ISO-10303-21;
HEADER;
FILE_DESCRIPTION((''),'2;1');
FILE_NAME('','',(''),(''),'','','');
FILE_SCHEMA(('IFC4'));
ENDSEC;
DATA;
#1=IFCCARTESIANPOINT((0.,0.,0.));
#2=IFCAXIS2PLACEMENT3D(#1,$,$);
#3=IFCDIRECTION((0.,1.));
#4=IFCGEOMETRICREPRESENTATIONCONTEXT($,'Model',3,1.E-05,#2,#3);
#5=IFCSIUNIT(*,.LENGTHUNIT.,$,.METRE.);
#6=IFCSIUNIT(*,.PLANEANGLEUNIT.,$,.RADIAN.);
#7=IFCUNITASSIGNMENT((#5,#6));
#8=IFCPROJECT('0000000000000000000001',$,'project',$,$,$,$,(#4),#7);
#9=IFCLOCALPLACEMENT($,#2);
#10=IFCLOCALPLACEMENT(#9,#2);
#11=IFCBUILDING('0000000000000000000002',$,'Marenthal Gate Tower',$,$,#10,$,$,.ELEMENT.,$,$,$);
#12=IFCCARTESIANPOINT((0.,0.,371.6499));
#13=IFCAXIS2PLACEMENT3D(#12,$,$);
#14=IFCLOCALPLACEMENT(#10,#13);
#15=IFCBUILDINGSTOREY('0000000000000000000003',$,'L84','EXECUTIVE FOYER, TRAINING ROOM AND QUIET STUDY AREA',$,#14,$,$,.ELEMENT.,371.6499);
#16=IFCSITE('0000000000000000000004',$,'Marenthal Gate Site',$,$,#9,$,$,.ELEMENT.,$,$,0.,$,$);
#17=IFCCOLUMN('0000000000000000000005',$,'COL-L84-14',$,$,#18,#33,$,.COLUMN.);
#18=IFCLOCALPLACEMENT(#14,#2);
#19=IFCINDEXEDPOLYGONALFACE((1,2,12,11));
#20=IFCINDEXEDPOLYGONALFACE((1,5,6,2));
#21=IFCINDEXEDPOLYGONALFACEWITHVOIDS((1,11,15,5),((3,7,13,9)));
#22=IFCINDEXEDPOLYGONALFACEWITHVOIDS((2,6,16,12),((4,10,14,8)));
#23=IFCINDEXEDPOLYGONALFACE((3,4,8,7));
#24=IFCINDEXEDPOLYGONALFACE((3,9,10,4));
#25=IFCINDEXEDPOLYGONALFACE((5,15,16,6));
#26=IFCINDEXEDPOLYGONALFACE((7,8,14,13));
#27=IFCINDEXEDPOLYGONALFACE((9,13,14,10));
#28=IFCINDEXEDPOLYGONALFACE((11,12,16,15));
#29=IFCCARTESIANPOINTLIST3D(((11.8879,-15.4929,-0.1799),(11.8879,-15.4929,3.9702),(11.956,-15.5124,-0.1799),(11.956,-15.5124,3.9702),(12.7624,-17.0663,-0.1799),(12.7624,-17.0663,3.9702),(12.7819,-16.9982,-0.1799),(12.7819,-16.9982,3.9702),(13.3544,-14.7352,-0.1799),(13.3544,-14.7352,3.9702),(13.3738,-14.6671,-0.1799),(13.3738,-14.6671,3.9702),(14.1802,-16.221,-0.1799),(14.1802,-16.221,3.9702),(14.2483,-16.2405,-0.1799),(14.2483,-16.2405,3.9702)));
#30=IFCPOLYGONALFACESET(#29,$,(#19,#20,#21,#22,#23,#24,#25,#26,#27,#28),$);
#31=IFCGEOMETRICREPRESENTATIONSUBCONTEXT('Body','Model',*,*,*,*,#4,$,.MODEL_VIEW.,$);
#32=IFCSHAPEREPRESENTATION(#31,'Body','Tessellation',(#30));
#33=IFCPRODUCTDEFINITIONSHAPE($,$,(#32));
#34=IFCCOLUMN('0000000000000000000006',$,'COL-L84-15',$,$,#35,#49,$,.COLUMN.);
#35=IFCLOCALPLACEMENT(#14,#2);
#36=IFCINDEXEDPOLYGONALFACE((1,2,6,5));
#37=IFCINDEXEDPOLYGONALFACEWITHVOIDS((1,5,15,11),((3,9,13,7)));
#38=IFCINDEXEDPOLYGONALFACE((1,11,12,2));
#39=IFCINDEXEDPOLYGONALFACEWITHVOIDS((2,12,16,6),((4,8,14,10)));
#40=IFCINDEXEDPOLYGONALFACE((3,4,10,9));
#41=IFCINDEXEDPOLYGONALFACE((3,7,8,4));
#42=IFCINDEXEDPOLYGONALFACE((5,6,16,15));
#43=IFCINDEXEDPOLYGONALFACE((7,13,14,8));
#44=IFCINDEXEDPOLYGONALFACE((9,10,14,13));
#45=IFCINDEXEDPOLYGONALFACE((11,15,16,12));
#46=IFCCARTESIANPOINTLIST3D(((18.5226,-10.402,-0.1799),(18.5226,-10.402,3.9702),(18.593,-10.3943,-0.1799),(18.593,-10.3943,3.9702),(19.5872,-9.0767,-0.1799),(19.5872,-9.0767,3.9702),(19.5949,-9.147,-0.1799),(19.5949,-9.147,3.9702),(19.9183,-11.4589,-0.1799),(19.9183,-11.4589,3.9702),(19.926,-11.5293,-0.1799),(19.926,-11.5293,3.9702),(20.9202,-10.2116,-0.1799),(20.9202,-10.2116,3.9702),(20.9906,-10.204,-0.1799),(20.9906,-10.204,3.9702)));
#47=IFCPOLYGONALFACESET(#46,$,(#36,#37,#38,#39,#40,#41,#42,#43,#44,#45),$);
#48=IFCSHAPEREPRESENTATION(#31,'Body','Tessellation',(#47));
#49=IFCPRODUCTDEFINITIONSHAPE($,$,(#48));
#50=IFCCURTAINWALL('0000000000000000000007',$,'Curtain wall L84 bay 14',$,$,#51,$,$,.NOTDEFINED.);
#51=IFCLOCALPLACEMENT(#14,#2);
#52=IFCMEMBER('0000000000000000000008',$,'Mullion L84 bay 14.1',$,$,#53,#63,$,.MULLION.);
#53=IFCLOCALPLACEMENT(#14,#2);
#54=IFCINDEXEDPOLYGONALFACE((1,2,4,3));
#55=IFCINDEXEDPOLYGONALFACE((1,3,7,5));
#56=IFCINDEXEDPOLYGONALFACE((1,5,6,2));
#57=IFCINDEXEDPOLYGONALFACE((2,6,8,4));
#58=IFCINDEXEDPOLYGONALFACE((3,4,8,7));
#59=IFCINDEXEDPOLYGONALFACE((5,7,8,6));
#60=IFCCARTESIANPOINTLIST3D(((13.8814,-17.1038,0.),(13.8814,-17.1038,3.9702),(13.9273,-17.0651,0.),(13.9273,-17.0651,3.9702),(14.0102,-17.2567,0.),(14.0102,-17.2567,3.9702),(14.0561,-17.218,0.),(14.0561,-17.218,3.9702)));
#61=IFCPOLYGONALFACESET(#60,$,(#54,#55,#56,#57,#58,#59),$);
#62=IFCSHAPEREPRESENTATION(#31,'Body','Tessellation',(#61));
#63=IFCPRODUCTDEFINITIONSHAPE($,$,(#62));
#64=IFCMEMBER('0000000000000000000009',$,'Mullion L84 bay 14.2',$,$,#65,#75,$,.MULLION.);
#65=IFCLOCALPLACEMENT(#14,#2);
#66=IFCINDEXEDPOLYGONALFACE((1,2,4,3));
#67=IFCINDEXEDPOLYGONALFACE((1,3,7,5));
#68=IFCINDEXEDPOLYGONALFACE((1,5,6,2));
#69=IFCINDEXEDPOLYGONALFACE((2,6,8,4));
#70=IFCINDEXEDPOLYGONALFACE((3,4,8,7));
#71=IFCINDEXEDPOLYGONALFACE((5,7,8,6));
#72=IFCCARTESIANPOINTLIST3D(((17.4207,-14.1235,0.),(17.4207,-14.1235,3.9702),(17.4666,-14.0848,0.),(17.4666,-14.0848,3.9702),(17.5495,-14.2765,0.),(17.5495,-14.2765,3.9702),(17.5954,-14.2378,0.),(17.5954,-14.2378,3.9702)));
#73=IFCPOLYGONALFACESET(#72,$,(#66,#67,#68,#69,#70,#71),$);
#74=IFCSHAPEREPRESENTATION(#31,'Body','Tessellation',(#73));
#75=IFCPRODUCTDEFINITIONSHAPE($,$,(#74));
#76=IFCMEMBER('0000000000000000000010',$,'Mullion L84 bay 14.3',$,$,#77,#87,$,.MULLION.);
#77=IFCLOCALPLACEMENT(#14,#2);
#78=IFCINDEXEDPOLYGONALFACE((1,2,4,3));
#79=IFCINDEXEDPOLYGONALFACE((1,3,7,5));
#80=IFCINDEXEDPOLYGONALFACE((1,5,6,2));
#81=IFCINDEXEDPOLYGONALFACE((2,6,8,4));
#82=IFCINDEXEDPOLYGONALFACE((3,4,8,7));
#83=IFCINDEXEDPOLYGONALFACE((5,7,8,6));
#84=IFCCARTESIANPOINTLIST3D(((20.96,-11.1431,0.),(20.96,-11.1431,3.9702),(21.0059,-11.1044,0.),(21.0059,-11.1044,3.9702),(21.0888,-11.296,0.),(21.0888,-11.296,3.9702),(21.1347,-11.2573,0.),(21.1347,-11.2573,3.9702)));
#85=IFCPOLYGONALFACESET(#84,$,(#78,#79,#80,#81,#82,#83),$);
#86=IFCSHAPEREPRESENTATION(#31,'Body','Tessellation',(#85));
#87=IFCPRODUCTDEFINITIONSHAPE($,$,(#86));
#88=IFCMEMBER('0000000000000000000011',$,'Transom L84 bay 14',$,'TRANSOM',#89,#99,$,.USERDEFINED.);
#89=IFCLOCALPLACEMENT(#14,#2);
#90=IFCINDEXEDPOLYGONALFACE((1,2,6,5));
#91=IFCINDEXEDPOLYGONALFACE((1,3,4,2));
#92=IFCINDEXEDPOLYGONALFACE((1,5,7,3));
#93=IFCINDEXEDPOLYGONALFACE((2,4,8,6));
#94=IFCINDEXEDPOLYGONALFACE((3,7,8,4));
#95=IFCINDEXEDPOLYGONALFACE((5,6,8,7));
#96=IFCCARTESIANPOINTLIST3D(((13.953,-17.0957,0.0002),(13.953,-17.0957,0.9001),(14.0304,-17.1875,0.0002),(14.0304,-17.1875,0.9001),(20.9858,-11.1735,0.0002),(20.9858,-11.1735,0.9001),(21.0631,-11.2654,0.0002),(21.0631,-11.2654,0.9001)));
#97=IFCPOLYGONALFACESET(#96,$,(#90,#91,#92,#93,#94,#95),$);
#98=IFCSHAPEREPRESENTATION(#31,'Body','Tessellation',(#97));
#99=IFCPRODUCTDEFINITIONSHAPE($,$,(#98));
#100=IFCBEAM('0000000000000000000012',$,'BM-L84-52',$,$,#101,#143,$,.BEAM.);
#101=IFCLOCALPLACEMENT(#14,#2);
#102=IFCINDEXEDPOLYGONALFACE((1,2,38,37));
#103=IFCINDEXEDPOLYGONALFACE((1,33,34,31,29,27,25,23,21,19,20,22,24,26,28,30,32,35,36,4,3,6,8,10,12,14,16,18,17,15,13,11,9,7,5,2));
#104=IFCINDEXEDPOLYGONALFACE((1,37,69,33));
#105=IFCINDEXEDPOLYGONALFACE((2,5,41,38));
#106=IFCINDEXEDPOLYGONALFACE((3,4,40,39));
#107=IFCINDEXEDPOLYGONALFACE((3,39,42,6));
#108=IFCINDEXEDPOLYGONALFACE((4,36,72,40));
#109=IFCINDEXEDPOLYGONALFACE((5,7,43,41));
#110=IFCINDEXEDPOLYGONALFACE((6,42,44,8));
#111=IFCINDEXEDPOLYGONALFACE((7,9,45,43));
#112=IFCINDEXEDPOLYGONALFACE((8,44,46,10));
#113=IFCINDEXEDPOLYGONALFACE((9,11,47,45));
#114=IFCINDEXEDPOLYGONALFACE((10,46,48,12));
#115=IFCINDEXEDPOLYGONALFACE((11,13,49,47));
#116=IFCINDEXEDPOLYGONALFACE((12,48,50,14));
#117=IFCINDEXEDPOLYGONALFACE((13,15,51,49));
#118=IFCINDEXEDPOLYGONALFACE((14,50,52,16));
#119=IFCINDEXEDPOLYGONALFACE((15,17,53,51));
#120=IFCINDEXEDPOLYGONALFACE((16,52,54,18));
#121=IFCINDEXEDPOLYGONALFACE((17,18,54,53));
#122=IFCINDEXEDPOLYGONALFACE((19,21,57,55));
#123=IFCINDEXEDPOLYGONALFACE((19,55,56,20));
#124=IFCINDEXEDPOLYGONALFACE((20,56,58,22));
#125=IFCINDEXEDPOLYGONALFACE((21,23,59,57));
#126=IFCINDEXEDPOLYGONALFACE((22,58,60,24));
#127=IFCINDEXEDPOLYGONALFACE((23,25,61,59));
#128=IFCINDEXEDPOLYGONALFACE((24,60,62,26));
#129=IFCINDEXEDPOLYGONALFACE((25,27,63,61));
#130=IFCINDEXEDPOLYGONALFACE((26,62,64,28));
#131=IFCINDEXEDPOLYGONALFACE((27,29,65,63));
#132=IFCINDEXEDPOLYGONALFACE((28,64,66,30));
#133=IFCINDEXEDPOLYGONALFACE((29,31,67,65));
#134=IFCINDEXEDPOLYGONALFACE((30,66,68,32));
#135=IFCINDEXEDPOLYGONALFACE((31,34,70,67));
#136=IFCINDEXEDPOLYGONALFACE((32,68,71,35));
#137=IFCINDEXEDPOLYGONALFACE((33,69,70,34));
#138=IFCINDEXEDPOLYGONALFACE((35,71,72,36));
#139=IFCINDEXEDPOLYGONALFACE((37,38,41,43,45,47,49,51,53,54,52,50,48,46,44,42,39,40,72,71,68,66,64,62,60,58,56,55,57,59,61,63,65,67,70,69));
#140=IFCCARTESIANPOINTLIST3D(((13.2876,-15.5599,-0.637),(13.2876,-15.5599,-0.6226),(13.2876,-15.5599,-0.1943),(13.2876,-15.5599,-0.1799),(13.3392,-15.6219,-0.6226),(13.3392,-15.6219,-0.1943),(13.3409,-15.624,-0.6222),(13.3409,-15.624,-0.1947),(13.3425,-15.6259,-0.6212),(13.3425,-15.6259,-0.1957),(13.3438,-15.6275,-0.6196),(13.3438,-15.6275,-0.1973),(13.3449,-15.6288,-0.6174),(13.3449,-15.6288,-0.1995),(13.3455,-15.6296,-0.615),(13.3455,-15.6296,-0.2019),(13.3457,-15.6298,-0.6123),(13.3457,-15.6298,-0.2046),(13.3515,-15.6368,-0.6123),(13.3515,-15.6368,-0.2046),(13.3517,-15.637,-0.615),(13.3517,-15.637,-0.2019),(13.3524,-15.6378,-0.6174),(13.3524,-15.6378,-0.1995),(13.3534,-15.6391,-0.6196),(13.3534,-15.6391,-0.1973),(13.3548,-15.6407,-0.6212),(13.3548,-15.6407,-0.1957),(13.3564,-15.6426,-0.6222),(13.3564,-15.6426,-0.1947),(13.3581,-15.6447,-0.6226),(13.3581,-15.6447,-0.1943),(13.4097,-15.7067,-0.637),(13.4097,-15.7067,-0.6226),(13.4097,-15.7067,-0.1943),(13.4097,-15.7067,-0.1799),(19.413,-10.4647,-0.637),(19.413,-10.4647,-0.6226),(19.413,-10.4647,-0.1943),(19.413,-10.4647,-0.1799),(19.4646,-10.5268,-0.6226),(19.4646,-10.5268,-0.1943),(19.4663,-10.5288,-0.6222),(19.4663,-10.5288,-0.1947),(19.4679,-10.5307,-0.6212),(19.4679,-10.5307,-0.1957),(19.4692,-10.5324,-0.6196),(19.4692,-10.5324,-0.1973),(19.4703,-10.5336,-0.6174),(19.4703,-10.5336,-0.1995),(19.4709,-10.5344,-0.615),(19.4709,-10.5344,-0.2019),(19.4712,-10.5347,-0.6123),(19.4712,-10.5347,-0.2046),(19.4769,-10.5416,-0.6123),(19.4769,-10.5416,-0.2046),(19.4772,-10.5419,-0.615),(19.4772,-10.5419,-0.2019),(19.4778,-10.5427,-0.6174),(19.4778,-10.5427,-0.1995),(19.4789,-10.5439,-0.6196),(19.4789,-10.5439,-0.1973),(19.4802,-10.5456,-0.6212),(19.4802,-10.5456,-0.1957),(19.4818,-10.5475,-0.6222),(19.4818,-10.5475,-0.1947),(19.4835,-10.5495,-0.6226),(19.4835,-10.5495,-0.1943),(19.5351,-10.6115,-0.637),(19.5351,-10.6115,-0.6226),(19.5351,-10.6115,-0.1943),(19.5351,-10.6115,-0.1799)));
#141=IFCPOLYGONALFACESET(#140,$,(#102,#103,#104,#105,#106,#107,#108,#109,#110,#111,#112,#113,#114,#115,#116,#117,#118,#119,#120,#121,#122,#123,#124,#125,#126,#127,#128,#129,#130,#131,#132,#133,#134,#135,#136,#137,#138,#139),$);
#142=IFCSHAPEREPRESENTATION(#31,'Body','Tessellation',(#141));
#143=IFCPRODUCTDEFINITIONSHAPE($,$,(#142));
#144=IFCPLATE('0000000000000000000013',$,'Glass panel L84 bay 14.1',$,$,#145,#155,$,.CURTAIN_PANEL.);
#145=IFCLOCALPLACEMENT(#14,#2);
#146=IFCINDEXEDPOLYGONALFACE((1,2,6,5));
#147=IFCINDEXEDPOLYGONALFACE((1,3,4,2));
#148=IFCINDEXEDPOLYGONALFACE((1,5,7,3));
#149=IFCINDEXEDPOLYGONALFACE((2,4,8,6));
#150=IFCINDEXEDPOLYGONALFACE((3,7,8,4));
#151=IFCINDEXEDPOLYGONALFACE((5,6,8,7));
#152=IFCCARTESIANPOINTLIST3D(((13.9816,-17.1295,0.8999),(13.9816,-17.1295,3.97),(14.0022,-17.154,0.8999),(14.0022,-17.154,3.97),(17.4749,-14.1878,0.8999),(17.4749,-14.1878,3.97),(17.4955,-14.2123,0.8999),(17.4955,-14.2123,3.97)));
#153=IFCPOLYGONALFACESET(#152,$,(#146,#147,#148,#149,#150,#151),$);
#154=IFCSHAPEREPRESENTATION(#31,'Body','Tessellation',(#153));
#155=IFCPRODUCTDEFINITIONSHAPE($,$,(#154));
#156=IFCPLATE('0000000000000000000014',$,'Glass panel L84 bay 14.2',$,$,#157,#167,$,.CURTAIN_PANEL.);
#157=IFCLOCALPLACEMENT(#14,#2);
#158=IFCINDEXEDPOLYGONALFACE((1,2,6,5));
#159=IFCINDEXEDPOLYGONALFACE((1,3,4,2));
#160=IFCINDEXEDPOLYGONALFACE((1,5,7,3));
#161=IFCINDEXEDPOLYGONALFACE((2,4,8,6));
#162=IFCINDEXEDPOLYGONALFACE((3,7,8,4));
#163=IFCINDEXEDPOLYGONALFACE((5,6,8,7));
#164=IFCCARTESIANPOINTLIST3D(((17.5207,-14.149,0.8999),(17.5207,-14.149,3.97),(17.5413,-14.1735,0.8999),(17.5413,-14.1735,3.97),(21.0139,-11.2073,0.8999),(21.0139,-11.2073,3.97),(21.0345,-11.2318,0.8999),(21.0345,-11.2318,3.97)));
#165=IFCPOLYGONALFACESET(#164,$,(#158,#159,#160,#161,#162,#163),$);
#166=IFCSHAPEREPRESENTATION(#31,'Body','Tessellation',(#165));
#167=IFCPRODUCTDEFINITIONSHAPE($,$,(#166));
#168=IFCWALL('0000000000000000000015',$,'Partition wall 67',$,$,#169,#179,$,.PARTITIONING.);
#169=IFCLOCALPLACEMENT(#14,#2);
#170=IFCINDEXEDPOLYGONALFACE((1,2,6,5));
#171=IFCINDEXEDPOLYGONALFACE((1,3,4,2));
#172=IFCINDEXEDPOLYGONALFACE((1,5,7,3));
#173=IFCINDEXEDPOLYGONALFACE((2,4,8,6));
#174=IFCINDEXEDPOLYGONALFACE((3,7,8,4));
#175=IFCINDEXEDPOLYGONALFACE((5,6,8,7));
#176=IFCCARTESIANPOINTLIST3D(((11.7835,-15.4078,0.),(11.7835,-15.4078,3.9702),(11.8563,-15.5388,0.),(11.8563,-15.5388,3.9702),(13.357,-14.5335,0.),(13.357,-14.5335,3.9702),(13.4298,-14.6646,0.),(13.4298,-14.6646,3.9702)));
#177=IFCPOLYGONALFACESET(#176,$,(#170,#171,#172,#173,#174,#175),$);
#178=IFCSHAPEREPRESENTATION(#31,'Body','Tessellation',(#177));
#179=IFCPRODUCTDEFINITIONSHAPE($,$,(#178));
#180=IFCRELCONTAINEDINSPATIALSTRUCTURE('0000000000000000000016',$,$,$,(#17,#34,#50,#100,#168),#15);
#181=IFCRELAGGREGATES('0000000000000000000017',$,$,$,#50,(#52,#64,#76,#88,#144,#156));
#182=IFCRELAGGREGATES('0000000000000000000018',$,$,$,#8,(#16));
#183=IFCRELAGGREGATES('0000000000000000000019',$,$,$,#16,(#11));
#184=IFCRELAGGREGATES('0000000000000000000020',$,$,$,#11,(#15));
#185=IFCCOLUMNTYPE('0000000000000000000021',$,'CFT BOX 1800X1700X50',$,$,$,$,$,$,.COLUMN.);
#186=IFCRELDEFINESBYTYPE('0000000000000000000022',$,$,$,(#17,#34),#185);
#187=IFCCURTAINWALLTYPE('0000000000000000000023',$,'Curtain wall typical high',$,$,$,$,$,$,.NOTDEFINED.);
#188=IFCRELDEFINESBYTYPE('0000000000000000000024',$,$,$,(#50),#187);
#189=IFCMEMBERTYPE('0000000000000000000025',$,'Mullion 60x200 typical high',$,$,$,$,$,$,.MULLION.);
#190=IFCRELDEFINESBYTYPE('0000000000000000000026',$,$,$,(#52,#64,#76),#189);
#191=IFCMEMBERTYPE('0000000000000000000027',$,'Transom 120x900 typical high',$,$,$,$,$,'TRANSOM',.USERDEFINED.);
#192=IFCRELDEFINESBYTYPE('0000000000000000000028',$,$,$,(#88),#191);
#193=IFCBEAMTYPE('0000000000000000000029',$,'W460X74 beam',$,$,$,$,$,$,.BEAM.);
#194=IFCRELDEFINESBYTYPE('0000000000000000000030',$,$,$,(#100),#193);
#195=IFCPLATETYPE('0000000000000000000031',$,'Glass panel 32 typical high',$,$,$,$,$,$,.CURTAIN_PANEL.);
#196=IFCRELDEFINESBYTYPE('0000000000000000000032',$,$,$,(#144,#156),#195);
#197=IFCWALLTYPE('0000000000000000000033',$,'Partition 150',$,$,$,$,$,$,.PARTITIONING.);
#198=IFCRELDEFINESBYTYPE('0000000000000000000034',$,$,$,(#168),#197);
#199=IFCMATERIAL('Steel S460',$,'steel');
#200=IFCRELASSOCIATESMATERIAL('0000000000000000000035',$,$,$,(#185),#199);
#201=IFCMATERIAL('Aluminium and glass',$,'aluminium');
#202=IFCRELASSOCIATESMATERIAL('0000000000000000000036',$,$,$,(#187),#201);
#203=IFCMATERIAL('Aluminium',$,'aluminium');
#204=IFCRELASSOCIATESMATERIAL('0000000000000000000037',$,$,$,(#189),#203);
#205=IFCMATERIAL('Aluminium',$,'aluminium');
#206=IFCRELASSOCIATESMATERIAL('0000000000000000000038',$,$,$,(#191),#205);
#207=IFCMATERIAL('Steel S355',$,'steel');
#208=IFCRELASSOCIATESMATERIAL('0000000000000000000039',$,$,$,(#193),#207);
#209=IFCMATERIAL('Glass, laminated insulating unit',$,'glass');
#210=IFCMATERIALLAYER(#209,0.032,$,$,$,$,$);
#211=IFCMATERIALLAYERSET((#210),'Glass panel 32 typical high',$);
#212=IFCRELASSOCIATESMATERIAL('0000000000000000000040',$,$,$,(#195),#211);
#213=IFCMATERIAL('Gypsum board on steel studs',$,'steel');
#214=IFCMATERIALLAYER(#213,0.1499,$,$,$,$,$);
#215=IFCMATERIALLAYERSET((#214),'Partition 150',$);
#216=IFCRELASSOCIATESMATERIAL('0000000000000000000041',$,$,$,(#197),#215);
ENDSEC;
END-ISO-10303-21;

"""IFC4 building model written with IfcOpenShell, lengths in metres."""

from ifc_helpers import new_model, si_unit, direction, frame, frame_2d, origin, origin_2d, place, context, subcontext, project, spatial, rectangle, hollow_rectangle, i_section, extrude, material, layer, layer_set, material_profile, profile_set, type_object, element, aggregate, save


model = new_model("IFC4")

# Units and contexts
model_context = context("Model", 3, precision=1e-05, world=origin(), true_north=direction((0.0, 1.0)))
body_context = subcontext(model_context, "Body", "Model", "MODEL_VIEW")
ifc_project = project(units=[si_unit("LENGTHUNIT", "METRE"), si_unit("PLANEANGLEUNIT", "RADIAN")], contexts=[model_context])

# Site, building, storey
site_placement = place(None, origin())
site = spatial("IfcSite", under=ifc_project, at=site_placement, Name="Marenthal Gate Site", CompositionType="ELEMENT", RefElevation=0.0)
building_placement = place(site_placement, origin())
building = spatial("IfcBuilding", under=site, at=building_placement, Name="Marenthal Gate Tower", CompositionType="ELEMENT")
storey_placement = place(building_placement, frame((0.0, 0.0, 371.6499)))
storey = spatial("IfcBuildingStorey", under=building, at=storey_placement, Name="L84", Description="EXECUTIVE FOYER, TRAINING ROOM AND QUIET STUDY AREA", CompositionType="ELEMENT", Elevation=371.6499)

# Columns
ifc_material_1 = material(Name="Steel S460", Category="steel")
ifc_material_profile_1 = material_profile(ifc_material_1, hollow_rectangle(XDim=1.7, YDim=1.8, WallThickness=0.05, at=origin_2d()), Name="CFT BOX 1800X1700X50")
ifc_material_2 = material(Name="Concrete 70 MPa", Category="concrete")
ifc_material_profile_2 = material_profile(ifc_material_2, rectangle(XDim=1.6001, YDim=1.7, at=origin_2d()), Name="CFT BOX 1800X1700X50 INFILL")
ifc_profile_set_1 = profile_set([ifc_material_profile_1, ifc_material_profile_2], Name="Steel S460 shell, Concrete 70 MPa infill")
column_type = type_object("IfcColumnType", Name="CFT BOX 1800X1700X50", PredefinedType="COLUMN", material=ifc_profile_set_1)
for number, where, z_axis, x_axis, name in (
    (1, (13.0681, -15.8667, -0.1799), (0.0, 0.0, 1.0), (-0.874065, -0.485809, 0.0), "COL-L84-14"),
    (2, (19.7566, -10.303, -0.1799), (0.0, 0.0, 1.0), (-0.626249, -0.779623, 0.0), "COL-L84-15"),
):
    element("IfcColumn", number, at=place(storey_placement, frame(where, z_axis=z_axis, x_axis=x_axis)), inside=storey, type_object=column_type, Name=name, PredefinedType="COLUMN", context=body_context, shape_type="SweptSolid", body=[
        extrude(hollow_rectangle(XDim=1.7, YDim=1.8, WallThickness=0.05, at=origin_2d()), origin(), (0.0, 0.0, 1.0), 4.1501),
    ])

# Curtain wall, members
ifc_material_3 = material(Name="Aluminium and glass", Category="aluminium")
curtain_wall_type = type_object("IfcCurtainWallType", Name="Curtain wall typical high", PredefinedType="NOTDEFINED", material=ifc_material_3)
curtain_wall_placement = place(storey_placement, origin())
curtain_wall = element("IfcCurtainWall", 3, at=curtain_wall_placement, inside=storey, type_object=curtain_wall_type, Name="Curtain wall L84 bay 14", PredefinedType="NOTDEFINED")
ifc_material_4 = material(Name="Aluminium", Category="aluminium")
ifc_material_profile_3 = material_profile(ifc_material_4, rectangle(XDim=0.2, YDim=0.0601, at=origin_2d()), Name="60x200 aluminium mullion")
ifc_profile_set_2 = profile_set([ifc_material_profile_3], Name="Aluminium")
member_type_1 = type_object("IfcMemberType", Name="Mullion 60x200 typical high", PredefinedType="MULLION", material=ifc_profile_set_2)
member_1_placement = place(storey_placement, frame((13.9688, -17.1609, 0.0), z_axis=(0.0, 0.0, 1.0), x_axis=(-0.644135, 0.764912, 0.0)))
member_1 = element("IfcMember", 4, at=member_1_placement, type_object=member_type_1, Name="Mullion L84 bay 14.1", PredefinedType="MULLION", context=body_context, shape_type="SweptSolid", body=[
    extrude(rectangle(XDim=0.2, YDim=0.0601, at=origin_2d()), origin(), (0.0, 0.0, 1.0), 3.9702),
])
member_2_placement = place(storey_placement, frame((17.5081, -14.1807, 0.0), z_axis=(0.0, 0.0, 1.0), x_axis=(-0.644135, 0.764912, 0.0)))
member_2 = element("IfcMember", 5, at=member_2_placement, type_object=member_type_1, Name="Mullion L84 bay 14.2", PredefinedType="MULLION", context=body_context, shape_type="SweptSolid", body=[
    extrude(rectangle(XDim=0.2, YDim=0.0601, at=origin_2d()), origin(), (0.0, 0.0, 1.0), 3.9702),
])
member_3_placement = place(storey_placement, frame((21.0474, -11.2002, 0.0), z_axis=(0.0, 0.0, 1.0), x_axis=(-0.644135, 0.764912, 0.0)))
member_3 = element("IfcMember", 6, at=member_3_placement, type_object=member_type_1, Name="Mullion L84 bay 14.3", PredefinedType="MULLION", context=body_context, shape_type="SweptSolid", body=[
    extrude(rectangle(XDim=0.2, YDim=0.0601, at=origin_2d()), origin(), (0.0, 0.0, 1.0), 3.9702),
])
ifc_material_5 = material(Name="Aluminium", Category="aluminium")
ifc_material_profile_4 = material_profile(ifc_material_5, rectangle(XDim=0.1201, YDim=0.8999, at=origin_2d()), Name="120x900 aluminium transom")
ifc_profile_set_3 = profile_set([ifc_material_profile_4], Name="Aluminium")
member_type_2 = type_object("IfcMemberType", Name="Transom 120x900 typical high", ElementType="TRANSOM", PredefinedType="USERDEFINED", material=ifc_profile_set_3)
member_4_placement = place(storey_placement, frame((13.9917, -17.1416, 0.4502), z_axis=(0.76492, 0.644125, 0.0), x_axis=(-0.644125, 0.76492, 0.0)))
member_4 = element("IfcMember", 7, at=member_4_placement, type_object=member_type_2, Name="Transom L84 bay 14", ObjectType="TRANSOM", PredefinedType="USERDEFINED", context=body_context, shape_type="SweptSolid", body=[
    extrude(rectangle(XDim=0.1201, YDim=0.8999, at=origin_2d()), origin(), (0.0, 0.0, 1.0), 9.1941),
])

# Beam
ifc_material_6 = material(Name="Steel S355", Category="steel")
ifc_material_profile_5 = material_profile(ifc_material_6, i_section(OverallWidth=0.1909, OverallDepth=0.457, WebThickness=0.009, FlangeThickness=0.0144, FilletRadius=0.0103, at=origin_2d()), Name="W460X74")
ifc_profile_set_4 = profile_set([ifc_material_profile_5], Name="Steel S355")
beam_type = type_object("IfcBeamType", Name="W460X74 beam", PredefinedType="BEAM", material=ifc_profile_set_4)
beam_placement = place(storey_placement, frame((13.3486, -15.6333, -0.4084), z_axis=(0.768799, 0.639491, 0.0), x_axis=(-0.639491, 0.768799, 0.0)))
element("IfcBeam", 8, at=beam_placement, inside=storey, type_object=beam_type, Name="BM-L84-52", PredefinedType="BEAM", context=body_context, shape_type="SweptSolid", body=[
    extrude(i_section(OverallWidth=0.1909, OverallDepth=0.457, WebThickness=0.009, FlangeThickness=0.0144, FilletRadius=0.0103, at=origin_2d()), origin(), (0.0, 0.0, 1.0), 7.9675),
])

# Plates
ifc_material_7 = material(Name="Glass, laminated insulating unit", Category="glass")
ifc_layer_1 = layer(ifc_material_7, 0.032)
ifc_layer_set_1 = layer_set([ifc_layer_1], Name="Glass panel 32 typical high")
plate_type = type_object("IfcPlateType", Name="Glass panel 32 typical high", PredefinedType="CURTAIN_PANEL", material=ifc_layer_set_1)
plate_1_placement = place(storey_placement, frame((15.7385, -15.6709, 0.8999), z_axis=(0.0, 0.0, 1.0), x_axis=(0.764912, 0.644135, 0.0)))
plate_1 = element("IfcPlate", 9, at=plate_1_placement, type_object=plate_type, Name="Glass panel L84 bay 14.1", PredefinedType="CURTAIN_PANEL", context=body_context, shape_type="SweptSolid", body=[
    extrude(rectangle(XDim=4.5669, YDim=0.032, at=origin_2d()), origin(), (0.0, 0.0, 1.0), 3.0701),
])
plate_2_placement = place(storey_placement, frame((19.2776, -12.6904, 0.8999), z_axis=(0.0, 0.0, 1.0), x_axis=(0.764912, 0.644135, 0.0)))
plate_2 = element("IfcPlate", 10, at=plate_2_placement, type_object=plate_type, Name="Glass panel L84 bay 14.2", PredefinedType="CURTAIN_PANEL", context=body_context, shape_type="SweptSolid", body=[
    extrude(rectangle(XDim=4.5669, YDim=0.032, at=origin_2d()), origin(), (0.0, 0.0, 1.0), 3.0701),
])
aggregate(curtain_wall, [member_1, member_2, member_3, member_4, plate_1, plate_2])

# Wall
ifc_material_8 = material(Name="Gypsum board on steel studs", Category="steel")
ifc_layer_2 = layer(ifc_material_8, 0.1499)
ifc_layer_set_2 = layer_set([ifc_layer_2], Name="Partition 150")
wall_type_1 = type_object("IfcWallType", Name="Partition 150", PredefinedType="PARTITIONING", material=ifc_layer_set_2)
wall_1_placement = place(storey_placement, frame((13.3933, -14.5991, 0.0), z_axis=(0.0, 0.0, 1.0), x_axis=(-0.874132, -0.485689, 0.0)))
element("IfcWall", 11, at=wall_1_placement, inside=storey, type_object=wall_type_1, Name="Partition wall 67", PredefinedType="PARTITIONING", context=body_context, shape_type="SweptSolid", body=[
    extrude(rectangle(XDim=1.8, YDim=0.1499, at=frame_2d((0.8999, 0.0))), origin(), (0.0, 0.0, 1.0), 3.9702),
])

save(model, "model.ifc")
